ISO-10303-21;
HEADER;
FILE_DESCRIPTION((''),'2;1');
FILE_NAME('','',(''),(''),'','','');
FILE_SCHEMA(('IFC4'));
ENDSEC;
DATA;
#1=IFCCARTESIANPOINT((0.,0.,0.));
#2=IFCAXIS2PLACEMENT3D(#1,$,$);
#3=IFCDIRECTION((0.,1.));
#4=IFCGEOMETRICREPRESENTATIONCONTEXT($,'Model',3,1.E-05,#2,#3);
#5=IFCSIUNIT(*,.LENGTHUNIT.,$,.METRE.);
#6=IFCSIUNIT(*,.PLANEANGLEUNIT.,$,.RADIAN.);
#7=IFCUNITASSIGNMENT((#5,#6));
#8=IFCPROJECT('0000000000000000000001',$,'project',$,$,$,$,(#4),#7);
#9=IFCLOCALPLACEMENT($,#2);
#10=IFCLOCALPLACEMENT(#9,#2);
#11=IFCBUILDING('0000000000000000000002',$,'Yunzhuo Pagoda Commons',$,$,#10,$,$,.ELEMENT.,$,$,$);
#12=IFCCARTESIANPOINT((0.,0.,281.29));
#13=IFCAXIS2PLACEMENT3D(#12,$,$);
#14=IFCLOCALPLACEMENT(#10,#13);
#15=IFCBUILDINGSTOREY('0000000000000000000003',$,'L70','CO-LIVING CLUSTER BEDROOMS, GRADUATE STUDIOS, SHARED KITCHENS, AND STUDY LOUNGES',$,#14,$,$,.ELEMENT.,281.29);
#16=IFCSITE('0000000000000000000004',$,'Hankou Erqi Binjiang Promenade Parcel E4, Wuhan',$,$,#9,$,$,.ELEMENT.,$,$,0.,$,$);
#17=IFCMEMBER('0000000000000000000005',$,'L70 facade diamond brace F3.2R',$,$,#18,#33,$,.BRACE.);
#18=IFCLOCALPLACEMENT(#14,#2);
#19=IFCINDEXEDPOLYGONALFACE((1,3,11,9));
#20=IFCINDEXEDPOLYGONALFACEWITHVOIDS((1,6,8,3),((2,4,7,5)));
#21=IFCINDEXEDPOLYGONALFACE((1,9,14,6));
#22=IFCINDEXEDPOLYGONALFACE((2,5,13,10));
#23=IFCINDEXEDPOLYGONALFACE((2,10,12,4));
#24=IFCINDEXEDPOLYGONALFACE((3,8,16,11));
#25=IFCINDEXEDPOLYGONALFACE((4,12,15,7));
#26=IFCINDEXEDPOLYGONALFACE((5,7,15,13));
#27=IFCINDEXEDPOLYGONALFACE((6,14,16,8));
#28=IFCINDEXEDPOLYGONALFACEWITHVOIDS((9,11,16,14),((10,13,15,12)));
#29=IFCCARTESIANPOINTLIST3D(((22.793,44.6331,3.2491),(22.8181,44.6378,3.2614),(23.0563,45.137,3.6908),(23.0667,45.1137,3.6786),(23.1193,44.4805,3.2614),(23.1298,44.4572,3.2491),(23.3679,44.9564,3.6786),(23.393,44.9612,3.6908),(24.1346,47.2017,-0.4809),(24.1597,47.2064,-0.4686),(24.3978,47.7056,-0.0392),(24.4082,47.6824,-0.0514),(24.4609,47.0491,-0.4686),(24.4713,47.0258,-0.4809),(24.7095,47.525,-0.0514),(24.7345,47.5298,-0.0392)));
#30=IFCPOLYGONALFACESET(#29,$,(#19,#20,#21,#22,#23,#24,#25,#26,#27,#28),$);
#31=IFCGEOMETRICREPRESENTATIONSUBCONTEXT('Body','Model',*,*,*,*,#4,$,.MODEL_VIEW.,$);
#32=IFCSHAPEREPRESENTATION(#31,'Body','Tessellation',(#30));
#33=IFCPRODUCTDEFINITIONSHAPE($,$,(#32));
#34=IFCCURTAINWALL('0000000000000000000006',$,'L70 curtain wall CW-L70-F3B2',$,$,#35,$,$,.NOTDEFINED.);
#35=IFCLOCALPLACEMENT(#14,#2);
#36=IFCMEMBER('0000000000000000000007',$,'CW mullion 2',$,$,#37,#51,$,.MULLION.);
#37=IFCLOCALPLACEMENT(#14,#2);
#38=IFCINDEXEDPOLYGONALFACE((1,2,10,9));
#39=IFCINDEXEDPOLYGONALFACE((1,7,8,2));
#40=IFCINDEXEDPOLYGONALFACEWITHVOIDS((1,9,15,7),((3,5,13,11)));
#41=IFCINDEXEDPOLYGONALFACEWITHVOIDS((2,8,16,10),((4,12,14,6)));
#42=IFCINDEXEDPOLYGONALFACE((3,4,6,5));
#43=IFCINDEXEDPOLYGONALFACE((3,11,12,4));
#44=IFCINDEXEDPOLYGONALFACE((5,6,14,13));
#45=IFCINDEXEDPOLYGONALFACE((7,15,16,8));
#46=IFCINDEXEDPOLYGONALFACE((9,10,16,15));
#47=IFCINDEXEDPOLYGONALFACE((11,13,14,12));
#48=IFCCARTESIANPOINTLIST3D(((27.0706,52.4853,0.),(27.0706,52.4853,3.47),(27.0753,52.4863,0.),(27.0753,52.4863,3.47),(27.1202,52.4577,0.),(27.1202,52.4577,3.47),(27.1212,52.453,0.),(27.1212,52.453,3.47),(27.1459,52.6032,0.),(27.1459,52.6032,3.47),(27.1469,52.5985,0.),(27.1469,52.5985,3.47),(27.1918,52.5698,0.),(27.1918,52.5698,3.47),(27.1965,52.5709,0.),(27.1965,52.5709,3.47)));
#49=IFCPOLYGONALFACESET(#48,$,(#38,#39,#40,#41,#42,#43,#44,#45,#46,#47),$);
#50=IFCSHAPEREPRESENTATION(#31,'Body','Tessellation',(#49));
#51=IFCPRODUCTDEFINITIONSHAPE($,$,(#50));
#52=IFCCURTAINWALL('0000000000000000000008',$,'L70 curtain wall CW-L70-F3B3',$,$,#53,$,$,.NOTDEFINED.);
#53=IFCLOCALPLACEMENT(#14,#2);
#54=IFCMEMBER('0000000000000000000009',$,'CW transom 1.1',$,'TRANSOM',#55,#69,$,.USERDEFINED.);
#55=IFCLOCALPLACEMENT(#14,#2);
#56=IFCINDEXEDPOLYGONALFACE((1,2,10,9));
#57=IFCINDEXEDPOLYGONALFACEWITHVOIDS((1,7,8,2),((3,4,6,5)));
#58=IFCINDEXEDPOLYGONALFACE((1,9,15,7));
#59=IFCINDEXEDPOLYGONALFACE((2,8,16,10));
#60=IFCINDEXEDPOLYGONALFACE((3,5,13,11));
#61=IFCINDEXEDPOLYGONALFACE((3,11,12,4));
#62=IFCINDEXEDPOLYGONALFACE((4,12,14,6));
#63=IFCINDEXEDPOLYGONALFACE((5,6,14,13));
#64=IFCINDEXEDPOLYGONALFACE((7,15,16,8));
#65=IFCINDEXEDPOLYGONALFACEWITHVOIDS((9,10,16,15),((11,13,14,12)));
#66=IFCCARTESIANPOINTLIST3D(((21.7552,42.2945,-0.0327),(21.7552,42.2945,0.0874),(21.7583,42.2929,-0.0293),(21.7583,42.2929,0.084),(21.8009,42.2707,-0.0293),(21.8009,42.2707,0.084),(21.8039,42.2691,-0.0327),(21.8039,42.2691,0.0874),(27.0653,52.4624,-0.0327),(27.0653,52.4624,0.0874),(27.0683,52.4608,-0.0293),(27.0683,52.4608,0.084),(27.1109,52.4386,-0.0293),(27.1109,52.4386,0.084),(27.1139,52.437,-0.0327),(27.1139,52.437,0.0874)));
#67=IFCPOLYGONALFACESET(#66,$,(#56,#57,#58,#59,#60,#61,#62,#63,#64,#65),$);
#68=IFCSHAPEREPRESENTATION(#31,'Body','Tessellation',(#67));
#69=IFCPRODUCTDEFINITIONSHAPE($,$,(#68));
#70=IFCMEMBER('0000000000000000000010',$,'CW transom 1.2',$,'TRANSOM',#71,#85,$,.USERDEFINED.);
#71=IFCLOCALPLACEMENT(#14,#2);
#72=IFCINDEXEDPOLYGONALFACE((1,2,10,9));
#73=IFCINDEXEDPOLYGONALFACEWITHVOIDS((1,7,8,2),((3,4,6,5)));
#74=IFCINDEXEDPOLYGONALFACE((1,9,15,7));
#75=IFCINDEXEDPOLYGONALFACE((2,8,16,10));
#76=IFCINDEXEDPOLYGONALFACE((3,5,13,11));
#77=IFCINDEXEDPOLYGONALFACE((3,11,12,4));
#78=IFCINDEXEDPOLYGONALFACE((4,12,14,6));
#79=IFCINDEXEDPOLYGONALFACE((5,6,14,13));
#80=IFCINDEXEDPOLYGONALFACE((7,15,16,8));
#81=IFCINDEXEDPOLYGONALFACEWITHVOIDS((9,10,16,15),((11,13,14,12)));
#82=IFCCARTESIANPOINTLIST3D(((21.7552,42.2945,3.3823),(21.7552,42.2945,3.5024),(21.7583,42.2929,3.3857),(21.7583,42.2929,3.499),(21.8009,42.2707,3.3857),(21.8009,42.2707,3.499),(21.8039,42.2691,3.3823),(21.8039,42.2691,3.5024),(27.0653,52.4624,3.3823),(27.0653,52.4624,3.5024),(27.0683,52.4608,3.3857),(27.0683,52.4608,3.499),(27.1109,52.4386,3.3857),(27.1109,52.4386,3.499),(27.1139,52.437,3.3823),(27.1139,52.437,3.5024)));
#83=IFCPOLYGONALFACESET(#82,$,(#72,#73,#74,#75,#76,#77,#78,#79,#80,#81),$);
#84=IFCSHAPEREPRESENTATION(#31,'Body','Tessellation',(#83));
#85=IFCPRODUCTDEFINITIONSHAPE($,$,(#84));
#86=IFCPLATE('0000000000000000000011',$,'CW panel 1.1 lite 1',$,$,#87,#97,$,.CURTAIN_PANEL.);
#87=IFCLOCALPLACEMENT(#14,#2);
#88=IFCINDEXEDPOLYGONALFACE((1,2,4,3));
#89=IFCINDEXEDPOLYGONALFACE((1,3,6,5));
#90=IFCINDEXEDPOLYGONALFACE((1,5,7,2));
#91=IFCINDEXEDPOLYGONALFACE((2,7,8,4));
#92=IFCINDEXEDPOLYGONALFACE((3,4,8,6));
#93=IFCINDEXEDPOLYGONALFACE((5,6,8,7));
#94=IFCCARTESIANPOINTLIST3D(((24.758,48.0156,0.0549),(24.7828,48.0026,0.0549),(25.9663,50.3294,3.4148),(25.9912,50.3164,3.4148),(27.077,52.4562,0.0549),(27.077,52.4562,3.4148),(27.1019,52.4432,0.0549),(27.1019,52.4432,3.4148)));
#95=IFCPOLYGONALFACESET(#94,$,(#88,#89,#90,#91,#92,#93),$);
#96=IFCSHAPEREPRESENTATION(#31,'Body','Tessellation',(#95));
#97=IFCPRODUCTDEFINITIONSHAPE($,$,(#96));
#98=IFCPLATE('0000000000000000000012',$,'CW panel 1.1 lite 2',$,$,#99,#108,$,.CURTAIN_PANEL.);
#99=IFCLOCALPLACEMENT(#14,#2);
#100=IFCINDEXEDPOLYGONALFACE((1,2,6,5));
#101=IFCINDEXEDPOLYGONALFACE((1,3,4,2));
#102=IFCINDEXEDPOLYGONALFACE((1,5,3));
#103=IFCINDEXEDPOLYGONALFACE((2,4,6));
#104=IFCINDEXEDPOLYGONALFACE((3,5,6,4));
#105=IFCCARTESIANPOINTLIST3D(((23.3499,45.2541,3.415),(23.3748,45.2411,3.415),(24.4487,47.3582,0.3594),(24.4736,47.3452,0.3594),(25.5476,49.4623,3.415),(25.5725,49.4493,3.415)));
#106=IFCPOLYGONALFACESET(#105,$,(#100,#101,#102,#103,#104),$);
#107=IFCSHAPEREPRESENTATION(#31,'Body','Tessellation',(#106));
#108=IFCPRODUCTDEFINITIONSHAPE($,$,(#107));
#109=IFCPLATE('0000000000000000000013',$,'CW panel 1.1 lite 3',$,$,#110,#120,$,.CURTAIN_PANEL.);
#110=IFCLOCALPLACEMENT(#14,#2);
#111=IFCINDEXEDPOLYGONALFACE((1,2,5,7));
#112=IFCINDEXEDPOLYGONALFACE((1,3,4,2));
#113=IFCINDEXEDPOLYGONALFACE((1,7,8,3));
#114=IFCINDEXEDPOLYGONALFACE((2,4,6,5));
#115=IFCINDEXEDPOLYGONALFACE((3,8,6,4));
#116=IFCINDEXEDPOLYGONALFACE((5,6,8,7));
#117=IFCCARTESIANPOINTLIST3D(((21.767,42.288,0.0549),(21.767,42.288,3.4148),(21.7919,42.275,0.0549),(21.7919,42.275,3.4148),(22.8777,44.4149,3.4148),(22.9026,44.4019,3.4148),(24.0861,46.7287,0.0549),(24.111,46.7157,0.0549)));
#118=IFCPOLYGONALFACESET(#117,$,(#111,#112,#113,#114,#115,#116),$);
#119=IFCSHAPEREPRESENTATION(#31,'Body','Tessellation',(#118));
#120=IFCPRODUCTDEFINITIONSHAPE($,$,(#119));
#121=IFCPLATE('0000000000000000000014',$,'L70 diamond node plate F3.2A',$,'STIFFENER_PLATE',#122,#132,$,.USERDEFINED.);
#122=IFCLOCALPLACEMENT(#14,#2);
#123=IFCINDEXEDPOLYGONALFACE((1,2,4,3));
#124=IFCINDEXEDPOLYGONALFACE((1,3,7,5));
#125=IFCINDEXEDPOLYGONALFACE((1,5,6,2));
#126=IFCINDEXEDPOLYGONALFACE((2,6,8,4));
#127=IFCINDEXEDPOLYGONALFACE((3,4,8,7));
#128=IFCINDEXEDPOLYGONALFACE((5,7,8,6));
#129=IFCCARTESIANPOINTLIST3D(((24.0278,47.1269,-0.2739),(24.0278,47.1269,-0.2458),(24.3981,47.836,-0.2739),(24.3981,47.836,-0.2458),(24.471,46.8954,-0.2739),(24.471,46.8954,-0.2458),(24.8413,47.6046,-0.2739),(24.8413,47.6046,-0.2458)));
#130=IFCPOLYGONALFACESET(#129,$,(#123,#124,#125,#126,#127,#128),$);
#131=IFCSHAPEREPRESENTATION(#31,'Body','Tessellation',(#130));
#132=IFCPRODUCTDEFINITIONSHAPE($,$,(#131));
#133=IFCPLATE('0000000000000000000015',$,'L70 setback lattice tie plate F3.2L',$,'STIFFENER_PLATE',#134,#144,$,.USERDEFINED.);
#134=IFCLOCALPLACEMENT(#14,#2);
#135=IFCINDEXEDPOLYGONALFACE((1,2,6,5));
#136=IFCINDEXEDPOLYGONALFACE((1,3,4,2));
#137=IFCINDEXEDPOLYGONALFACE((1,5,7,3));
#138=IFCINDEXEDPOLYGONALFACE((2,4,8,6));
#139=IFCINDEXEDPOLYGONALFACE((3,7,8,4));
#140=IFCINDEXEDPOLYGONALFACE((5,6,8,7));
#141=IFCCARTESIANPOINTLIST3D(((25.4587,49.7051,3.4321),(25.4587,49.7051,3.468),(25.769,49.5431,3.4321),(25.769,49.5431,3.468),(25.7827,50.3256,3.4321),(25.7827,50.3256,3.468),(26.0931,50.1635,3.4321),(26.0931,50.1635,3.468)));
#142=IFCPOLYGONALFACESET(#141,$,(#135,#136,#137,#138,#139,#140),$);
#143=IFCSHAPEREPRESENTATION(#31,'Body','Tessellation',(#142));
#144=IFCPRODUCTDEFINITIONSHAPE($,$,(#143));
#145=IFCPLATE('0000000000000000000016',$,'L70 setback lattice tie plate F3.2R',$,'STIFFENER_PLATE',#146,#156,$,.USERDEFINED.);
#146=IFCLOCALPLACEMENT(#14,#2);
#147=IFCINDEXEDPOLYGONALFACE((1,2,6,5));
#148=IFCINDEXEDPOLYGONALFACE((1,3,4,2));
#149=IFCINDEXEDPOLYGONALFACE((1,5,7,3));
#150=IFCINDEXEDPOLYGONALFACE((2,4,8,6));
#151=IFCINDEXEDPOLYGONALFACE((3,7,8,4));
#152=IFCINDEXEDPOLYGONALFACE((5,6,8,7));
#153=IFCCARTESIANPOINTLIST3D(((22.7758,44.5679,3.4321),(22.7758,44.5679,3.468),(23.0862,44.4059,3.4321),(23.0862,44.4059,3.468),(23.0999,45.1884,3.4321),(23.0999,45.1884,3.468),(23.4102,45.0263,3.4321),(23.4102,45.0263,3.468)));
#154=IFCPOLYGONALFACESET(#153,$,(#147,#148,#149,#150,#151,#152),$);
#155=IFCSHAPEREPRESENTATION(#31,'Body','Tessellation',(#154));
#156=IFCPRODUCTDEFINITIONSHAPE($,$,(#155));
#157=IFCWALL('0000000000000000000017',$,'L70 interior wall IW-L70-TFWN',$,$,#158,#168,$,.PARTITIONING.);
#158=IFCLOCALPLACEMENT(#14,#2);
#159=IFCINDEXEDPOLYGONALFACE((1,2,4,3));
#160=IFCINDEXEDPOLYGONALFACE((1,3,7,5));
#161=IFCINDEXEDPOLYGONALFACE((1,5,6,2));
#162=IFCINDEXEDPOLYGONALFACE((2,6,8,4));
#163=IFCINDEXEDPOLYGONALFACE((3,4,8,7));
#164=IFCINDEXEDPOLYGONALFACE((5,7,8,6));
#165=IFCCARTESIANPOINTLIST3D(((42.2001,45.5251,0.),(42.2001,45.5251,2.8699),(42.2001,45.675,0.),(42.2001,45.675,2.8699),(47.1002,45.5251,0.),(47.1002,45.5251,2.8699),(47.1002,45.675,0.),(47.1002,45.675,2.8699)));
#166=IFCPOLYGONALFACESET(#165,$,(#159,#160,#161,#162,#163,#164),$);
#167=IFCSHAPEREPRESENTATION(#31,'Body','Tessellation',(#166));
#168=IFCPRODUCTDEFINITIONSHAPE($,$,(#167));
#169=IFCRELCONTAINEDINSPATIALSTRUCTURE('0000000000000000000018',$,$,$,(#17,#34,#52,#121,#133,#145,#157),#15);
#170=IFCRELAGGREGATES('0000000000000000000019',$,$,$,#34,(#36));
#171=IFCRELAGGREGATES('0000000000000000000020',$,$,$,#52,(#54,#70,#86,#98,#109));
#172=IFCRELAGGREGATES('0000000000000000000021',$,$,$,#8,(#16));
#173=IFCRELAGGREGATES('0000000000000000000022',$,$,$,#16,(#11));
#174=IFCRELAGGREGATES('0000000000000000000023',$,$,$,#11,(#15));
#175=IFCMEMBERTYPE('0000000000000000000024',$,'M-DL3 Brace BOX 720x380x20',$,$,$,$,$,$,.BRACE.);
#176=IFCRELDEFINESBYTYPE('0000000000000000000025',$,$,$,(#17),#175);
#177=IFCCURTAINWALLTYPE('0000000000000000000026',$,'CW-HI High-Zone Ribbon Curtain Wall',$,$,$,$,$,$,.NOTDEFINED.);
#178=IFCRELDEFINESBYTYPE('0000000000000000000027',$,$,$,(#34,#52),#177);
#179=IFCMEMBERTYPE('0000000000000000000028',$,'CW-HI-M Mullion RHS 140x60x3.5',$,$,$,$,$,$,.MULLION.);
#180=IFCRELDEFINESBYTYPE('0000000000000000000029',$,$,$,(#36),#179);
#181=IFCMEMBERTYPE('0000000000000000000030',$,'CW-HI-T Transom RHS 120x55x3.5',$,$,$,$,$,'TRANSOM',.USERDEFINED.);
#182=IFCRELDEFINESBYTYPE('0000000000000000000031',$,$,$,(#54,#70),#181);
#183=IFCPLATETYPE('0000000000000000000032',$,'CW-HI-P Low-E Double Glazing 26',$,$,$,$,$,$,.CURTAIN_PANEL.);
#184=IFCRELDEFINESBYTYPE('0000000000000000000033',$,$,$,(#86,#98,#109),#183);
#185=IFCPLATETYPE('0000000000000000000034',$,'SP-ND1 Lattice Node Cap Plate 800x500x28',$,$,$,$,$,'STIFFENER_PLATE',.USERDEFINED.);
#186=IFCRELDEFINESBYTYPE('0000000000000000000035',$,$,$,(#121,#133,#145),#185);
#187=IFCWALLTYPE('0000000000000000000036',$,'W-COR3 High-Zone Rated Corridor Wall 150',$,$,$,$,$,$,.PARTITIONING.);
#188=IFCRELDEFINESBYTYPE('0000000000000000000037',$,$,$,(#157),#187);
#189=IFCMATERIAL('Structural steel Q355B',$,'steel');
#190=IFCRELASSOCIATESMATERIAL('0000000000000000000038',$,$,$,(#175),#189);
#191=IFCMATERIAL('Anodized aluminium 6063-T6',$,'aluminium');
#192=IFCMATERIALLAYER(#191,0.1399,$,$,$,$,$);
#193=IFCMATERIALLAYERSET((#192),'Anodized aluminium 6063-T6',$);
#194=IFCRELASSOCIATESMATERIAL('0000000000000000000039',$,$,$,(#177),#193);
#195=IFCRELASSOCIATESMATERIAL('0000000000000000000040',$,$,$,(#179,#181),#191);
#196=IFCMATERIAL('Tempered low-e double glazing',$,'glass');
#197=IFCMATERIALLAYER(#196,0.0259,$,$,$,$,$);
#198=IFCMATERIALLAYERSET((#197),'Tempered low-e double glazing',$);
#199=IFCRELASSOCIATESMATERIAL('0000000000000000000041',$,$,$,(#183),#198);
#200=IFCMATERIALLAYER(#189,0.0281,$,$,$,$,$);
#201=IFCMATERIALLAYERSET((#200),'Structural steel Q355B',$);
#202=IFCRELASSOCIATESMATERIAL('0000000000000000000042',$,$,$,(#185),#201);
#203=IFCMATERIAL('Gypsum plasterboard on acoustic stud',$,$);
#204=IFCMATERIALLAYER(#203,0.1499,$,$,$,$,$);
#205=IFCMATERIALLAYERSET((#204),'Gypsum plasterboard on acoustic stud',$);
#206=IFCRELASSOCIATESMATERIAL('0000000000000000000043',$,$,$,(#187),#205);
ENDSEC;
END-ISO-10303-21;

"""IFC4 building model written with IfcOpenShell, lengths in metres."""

from ifc_helpers import new_model, si_unit, direction, frame, frame_2d, origin, origin_2d, place, context, subcontext, project, spatial, polyline, rectangle, hollow_rectangle, outline, extrude, source, transform, mapped, material, layer, layer_set, material_profile, profile_set, type_object, element, aggregate, save


model = new_model("IFC4")

# Units and contexts
model_context = context("Model", 3, precision=1e-05, world=origin(), true_north=direction((0.0, 1.0)))
body_context = subcontext(model_context, "Body", "Model", "MODEL_VIEW")
ifc_project = project(units=[si_unit("LENGTHUNIT", "METRE"), si_unit("PLANEANGLEUNIT", "RADIAN")], contexts=[model_context])

# Site, building, storey
site_placement = place(None, origin())
site = spatial("IfcSite", under=ifc_project, at=site_placement, Name="Hankou Erqi Binjiang Promenade Parcel E4, Wuhan", CompositionType="ELEMENT", RefElevation=0.0)
building_placement = place(site_placement, origin())
building = spatial("IfcBuilding", under=site, at=building_placement, Name="Yunzhuo Pagoda Commons", CompositionType="ELEMENT")
storey_placement = place(building_placement, frame((0.0, 0.0, 281.29)))
storey = spatial("IfcBuildingStorey", under=building, at=storey_placement, Name="L70", Description="CO-LIVING CLUSTER BEDROOMS, GRADUATE STUDIOS, SHARED KITCHENS, AND STUDY LOUNGES", CompositionType="ELEMENT", Elevation=281.29)

# Shared definitions
ifc_material_1 = material(Name="Structural steel Q355B", Category="steel")

# Member
ifc_material_profile_1 = material_profile(ifc_material_1, hollow_rectangle(XDim=0.3799, YDim=0.72, WallThickness=0.02, at=origin_2d()), Name="Structural steel Q355B")
ifc_profile_set_1 = profile_set([ifc_material_profile_1], Name="Structural steel Q355B")
member_type_1 = type_object("IfcMemberType", Name="M-DL3 Brace BOX 720x380x20", PredefinedType="BRACE", material=ifc_profile_set_1)
shared_shape_1 = source(origin(), body_context, "Body", "SweptSolid", [
    extrude(hollow_rectangle(XDim=0.3799, YDim=0.72, WallThickness=0.02, at=origin_2d()), origin(), (0.0, 0.0, 1.0), 4.7234),
])
for number, where, z_axis, x_axis, name in (
    (1, (24.4346, 47.3657, -0.26), (-0.284024, -0.543807, 0.789686), (0.886385, -0.462949, 0.0), "L70 facade diamond brace F3.2R"),
):
    element("IfcMember", number, at=place(storey_placement, frame(where, z_axis=z_axis, x_axis=x_axis)), inside=storey, type_object=member_type_1, Name=name, PredefinedType="BRACE", context=body_context, shape_type="MappedRepresentation", body=[
        mapped(shared_shape_1, transform((0.0, 0.0, 0.0), scale=1.0)),
    ])

# Curtain wall, member
ifc_material_2 = material(Name="Anodized aluminium 6063-T6", Category="aluminium")
ifc_layer_1 = layer(ifc_material_2, 0.1399)
ifc_layer_set_1 = layer_set([ifc_layer_1], Name="Anodized aluminium 6063-T6")
curtain_wall_type = type_object("IfcCurtainWallType", Name="CW-HI High-Zone Ribbon Curtain Wall", PredefinedType="NOTDEFINED", material=ifc_layer_set_1)
curtain_wall_1_placement = place(storey_placement, origin())
curtain_wall_1 = element("IfcCurtainWall", 2, at=curtain_wall_1_placement, inside=storey, type_object=curtain_wall_type, Name="L70 curtain wall CW-L70-F3B2", PredefinedType="NOTDEFINED")
ifc_material_profile_2 = material_profile(ifc_material_2, hollow_rectangle(XDim=0.0601, YDim=0.1399, WallThickness=0.0034, at=origin_2d()), Name="Anodized aluminium 6063-T6")
ifc_profile_set_2 = profile_set([ifc_material_profile_2], Name="Anodized aluminium 6063-T6")
member_type_2 = type_object("IfcMemberType", Name="CW-HI-M Mullion RHS 140x60x3.5", PredefinedType="MULLION", material=ifc_profile_set_2)
shared_shape_2 = source(origin(), body_context, "Body", "SweptSolid", [
    extrude(hollow_rectangle(XDim=0.0601, YDim=0.1399, WallThickness=0.0034, at=origin_2d()), origin(), (0.0, 0.0, 1.0), 3.47),
])
member_1_placement = place(storey_placement, frame((27.1335, 52.5281, 0.0), z_axis=(0.0, 0.0, 1.0), x_axis=(0.842779, -0.53826, 0.0)))
member_1 = element("IfcMember", 3, at=member_1_placement, type_object=member_type_2, Name="CW mullion 2", PredefinedType="MULLION", context=body_context, shape_type="MappedRepresentation", body=[
    mapped(shared_shape_2, transform((0.0, 0.0, 0.0), scale=1.0)),
])
aggregate(curtain_wall_1, [member_1])

# Curtain wall, members, plates
curtain_wall_2_placement = place(storey_placement, origin())
curtain_wall_2 = element("IfcCurtainWall", 4, at=curtain_wall_2_placement, inside=storey, type_object=curtain_wall_type, Name="L70 curtain wall CW-L70-F3B3", PredefinedType="NOTDEFINED")
ifc_material_profile_3 = material_profile(ifc_material_2, hollow_rectangle(XDim=0.0549, YDim=0.1201, WallThickness=0.0034, at=origin_2d()), Name="Anodized aluminium 6063-T6")
ifc_profile_set_3 = profile_set([ifc_material_profile_3], Name="Anodized aluminium 6063-T6")
member_type_3 = type_object("IfcMemberType", Name="CW-HI-T Transom RHS 120x55x3.5", ElementType="TRANSOM", PredefinedType="USERDEFINED", material=ifc_profile_set_3)
shared_shape_3 = source(origin(), body_context, "Body", "SweptSolid", [
    extrude(hollow_rectangle(XDim=0.0549, YDim=0.1201, WallThickness=0.0034, at=origin_2d()), origin(), (0.0, 0.0, 1.0), 11.4709),
])
member_2_placement = place(storey_placement, frame((27.0896, 52.4497, 0.0273), z_axis=(-0.462911, -0.886405, 0.0), x_axis=(0.886405, -0.462911, 0.0)))
member_2 = element("IfcMember", 5, at=member_2_placement, type_object=member_type_3, Name="CW transom 1.1", ObjectType="TRANSOM", PredefinedType="USERDEFINED", context=body_context, shape_type="MappedRepresentation", body=[
    mapped(shared_shape_3, transform((0.0, 0.0, 0.0), scale=1.0)),
])
member_3_placement = place(storey_placement, frame((27.0896, 52.4497, 3.4424), z_axis=(-0.462911, -0.886405, 0.0), x_axis=(0.886405, -0.462911, 0.0)))
member_3 = element("IfcMember", 6, at=member_3_placement, type_object=member_type_3, Name="CW transom 1.2", ObjectType="TRANSOM", PredefinedType="USERDEFINED", context=body_context, shape_type="MappedRepresentation", body=[
    mapped(shared_shape_3, transform((0.0, 0.0, 0.0), scale=1.0)),
])
ifc_material_3 = material(Name="Tempered low-e double glazing", Category="glass")
ifc_layer_2 = layer(ifc_material_3, 0.0259)
ifc_layer_set_2 = layer_set([ifc_layer_2], Name="Tempered low-e double glazing")
plate_type_1 = type_object("IfcPlateType", Name="CW-HI-P Low-E Double Glazing 26", PredefinedType="CURTAIN_PANEL", material=ifc_layer_set_2)
plate_1_placement = place(storey_placement, frame((25.9424, 50.2229, 1.7349), z_axis=(-0.886404, 0.462912, 0.0), x_axis=(-0.462912, -0.886404, 0.0)))
plate_1 = element("IfcPlate", 7, at=plate_1_placement, type_object=plate_type_1, Name="CW panel 1.1 lite 1", PredefinedType="CURTAIN_PANEL", context=body_context, shape_type="SweptSolid", body=[
    extrude(outline(polyline([(-2.5049, -1.6799), (2.5049, -1.6799), (-0.1055, 1.6799), (-2.5049, 1.6799), (-2.5049, -1.6799)])), origin(), (0.0, 0.0, 1.0), 0.0281),
])
plate_2_placement = place(storey_placement, frame((24.4736, 47.3452, 1.8872), z_axis=(-0.886404, 0.462912, 0.0), x_axis=(-0.462912, -0.886404, 0.0)))
plate_2 = element("IfcPlate", 8, at=plate_2_placement, type_object=plate_type_1, Name="CW panel 1.1 lite 2", PredefinedType="CURTAIN_PANEL", context=body_context, shape_type="SweptSolid", body=[
    extrude(outline(polyline([(-2.3738, 1.5278), (0.0, -1.5278), (2.3738, 1.5278), (-2.3738, 1.5278)])), origin(), (0.0, 0.0, 1.0), 0.0281),
])
plate_3_placement = place(storey_placement, frame((22.9514, 44.4954, 1.7349), z_axis=(-0.886404, 0.462912, 0.0), x_axis=(-0.462912, -0.886404, 0.0)))
plate_3 = element("IfcPlate", 9, at=plate_3_placement, type_object=plate_type_1, Name="CW panel 1.1 lite 3", PredefinedType="CURTAIN_PANEL", context=body_context, shape_type="SweptSolid", body=[
    extrude(outline(polyline([(-2.5049, -1.6799), (2.5049, -1.6799), (2.5049, 1.6799), (0.1055, 1.6799), (-2.5049, -1.6799)])), origin(), (0.0, 0.0, 1.0), 0.0281),
])
aggregate(curtain_wall_2, [member_2, member_3, plate_1, plate_2, plate_3])

# Plates
ifc_layer_3 = layer(ifc_material_1, 0.0281)
ifc_layer_set_3 = layer_set([ifc_layer_3], Name="Structural steel Q355B")
plate_type_2 = type_object("IfcPlateType", Name="SP-ND1 Lattice Node Cap Plate 800x500x28", ElementType="STIFFENER_PLATE", PredefinedType="USERDEFINED", material=ifc_layer_set_3)
shared_shape_4 = source(origin(), body_context, "Body", "SweptSolid", [
    extrude(rectangle(XDim=0.8, YDim=0.5, at=origin_2d()), origin(), (0.0, 0.0, 1.0), 0.0281),
])
plate_4_placement = place(storey_placement, frame((24.4346, 47.3657, -0.2739), z_axis=(0.0, 0.0, 1.0), x_axis=(-0.462909, -0.886406, 0.0)))
element("IfcPlate", 10, at=plate_4_placement, inside=storey, type_object=plate_type_2, Name="L70 diamond node plate F3.2A", ObjectType="STIFFENER_PLATE", PredefinedType="USERDEFINED", context=body_context, shape_type="MappedRepresentation", body=[
    mapped(shared_shape_4, transform((0.0, 0.0, 0.0), scale=1.0)),
])
shared_shape_5 = source(origin(), body_context, "Body", "SweptSolid", [
    extrude(rectangle(XDim=0.7, YDim=0.3501, at=origin_2d()), origin(), (0.0, 0.0, 1.0), 0.0359),
])
for number, where, z_axis, x_axis, name in (
    (11, (25.7759, 49.9343, 3.4321), (0.0, 0.0, 1.0), (-0.462909, -0.886406, 0.0), "L70 setback lattice tie plate F3.2L"),
    (12, (23.093, 44.7971, 3.4321), (0.0, 0.0, 1.0), (-0.462909, -0.886406, 0.0), "L70 setback lattice tie plate F3.2R"),
):
    element("IfcPlate", number, at=place(storey_placement, frame(where, z_axis=z_axis, x_axis=x_axis)), inside=storey, type_object=plate_type_2, Name=name, ObjectType="STIFFENER_PLATE", PredefinedType="USERDEFINED", context=body_context, shape_type="MappedRepresentation", body=[
        mapped(shared_shape_5, transform((0.0, 0.0, 0.0), scale=1.0)),
    ])

# Wall
ifc_material_4 = material(Name="Gypsum plasterboard on acoustic stud")
ifc_layer_4 = layer(ifc_material_4, 0.1499)
ifc_layer_set_4 = layer_set([ifc_layer_4], Name="Gypsum plasterboard on acoustic stud")
wall_type_1 = type_object("IfcWallType", Name="W-COR3 High-Zone Rated Corridor Wall 150", PredefinedType="PARTITIONING", material=ifc_layer_set_4)
wall_1_placement = place(storey_placement, frame((42.2, 45.6001, 0.0), z_axis=(0.0, 0.0, 1.0), x_axis=(1.0, 0.0, 0.0)))
element("IfcWall", 13, at=wall_1_placement, inside=storey, type_object=wall_type_1, Name="L70 interior wall IW-L70-TFWN", PredefinedType="PARTITIONING", context=body_context, shape_type="SweptSolid", body=[
    extrude(rectangle(XDim=4.9001, YDim=0.1499, at=frame_2d((2.4502, 0.0))), origin(), (0.0, 0.0, 1.0), 2.8699),
])

save(model, "model.ifc")
